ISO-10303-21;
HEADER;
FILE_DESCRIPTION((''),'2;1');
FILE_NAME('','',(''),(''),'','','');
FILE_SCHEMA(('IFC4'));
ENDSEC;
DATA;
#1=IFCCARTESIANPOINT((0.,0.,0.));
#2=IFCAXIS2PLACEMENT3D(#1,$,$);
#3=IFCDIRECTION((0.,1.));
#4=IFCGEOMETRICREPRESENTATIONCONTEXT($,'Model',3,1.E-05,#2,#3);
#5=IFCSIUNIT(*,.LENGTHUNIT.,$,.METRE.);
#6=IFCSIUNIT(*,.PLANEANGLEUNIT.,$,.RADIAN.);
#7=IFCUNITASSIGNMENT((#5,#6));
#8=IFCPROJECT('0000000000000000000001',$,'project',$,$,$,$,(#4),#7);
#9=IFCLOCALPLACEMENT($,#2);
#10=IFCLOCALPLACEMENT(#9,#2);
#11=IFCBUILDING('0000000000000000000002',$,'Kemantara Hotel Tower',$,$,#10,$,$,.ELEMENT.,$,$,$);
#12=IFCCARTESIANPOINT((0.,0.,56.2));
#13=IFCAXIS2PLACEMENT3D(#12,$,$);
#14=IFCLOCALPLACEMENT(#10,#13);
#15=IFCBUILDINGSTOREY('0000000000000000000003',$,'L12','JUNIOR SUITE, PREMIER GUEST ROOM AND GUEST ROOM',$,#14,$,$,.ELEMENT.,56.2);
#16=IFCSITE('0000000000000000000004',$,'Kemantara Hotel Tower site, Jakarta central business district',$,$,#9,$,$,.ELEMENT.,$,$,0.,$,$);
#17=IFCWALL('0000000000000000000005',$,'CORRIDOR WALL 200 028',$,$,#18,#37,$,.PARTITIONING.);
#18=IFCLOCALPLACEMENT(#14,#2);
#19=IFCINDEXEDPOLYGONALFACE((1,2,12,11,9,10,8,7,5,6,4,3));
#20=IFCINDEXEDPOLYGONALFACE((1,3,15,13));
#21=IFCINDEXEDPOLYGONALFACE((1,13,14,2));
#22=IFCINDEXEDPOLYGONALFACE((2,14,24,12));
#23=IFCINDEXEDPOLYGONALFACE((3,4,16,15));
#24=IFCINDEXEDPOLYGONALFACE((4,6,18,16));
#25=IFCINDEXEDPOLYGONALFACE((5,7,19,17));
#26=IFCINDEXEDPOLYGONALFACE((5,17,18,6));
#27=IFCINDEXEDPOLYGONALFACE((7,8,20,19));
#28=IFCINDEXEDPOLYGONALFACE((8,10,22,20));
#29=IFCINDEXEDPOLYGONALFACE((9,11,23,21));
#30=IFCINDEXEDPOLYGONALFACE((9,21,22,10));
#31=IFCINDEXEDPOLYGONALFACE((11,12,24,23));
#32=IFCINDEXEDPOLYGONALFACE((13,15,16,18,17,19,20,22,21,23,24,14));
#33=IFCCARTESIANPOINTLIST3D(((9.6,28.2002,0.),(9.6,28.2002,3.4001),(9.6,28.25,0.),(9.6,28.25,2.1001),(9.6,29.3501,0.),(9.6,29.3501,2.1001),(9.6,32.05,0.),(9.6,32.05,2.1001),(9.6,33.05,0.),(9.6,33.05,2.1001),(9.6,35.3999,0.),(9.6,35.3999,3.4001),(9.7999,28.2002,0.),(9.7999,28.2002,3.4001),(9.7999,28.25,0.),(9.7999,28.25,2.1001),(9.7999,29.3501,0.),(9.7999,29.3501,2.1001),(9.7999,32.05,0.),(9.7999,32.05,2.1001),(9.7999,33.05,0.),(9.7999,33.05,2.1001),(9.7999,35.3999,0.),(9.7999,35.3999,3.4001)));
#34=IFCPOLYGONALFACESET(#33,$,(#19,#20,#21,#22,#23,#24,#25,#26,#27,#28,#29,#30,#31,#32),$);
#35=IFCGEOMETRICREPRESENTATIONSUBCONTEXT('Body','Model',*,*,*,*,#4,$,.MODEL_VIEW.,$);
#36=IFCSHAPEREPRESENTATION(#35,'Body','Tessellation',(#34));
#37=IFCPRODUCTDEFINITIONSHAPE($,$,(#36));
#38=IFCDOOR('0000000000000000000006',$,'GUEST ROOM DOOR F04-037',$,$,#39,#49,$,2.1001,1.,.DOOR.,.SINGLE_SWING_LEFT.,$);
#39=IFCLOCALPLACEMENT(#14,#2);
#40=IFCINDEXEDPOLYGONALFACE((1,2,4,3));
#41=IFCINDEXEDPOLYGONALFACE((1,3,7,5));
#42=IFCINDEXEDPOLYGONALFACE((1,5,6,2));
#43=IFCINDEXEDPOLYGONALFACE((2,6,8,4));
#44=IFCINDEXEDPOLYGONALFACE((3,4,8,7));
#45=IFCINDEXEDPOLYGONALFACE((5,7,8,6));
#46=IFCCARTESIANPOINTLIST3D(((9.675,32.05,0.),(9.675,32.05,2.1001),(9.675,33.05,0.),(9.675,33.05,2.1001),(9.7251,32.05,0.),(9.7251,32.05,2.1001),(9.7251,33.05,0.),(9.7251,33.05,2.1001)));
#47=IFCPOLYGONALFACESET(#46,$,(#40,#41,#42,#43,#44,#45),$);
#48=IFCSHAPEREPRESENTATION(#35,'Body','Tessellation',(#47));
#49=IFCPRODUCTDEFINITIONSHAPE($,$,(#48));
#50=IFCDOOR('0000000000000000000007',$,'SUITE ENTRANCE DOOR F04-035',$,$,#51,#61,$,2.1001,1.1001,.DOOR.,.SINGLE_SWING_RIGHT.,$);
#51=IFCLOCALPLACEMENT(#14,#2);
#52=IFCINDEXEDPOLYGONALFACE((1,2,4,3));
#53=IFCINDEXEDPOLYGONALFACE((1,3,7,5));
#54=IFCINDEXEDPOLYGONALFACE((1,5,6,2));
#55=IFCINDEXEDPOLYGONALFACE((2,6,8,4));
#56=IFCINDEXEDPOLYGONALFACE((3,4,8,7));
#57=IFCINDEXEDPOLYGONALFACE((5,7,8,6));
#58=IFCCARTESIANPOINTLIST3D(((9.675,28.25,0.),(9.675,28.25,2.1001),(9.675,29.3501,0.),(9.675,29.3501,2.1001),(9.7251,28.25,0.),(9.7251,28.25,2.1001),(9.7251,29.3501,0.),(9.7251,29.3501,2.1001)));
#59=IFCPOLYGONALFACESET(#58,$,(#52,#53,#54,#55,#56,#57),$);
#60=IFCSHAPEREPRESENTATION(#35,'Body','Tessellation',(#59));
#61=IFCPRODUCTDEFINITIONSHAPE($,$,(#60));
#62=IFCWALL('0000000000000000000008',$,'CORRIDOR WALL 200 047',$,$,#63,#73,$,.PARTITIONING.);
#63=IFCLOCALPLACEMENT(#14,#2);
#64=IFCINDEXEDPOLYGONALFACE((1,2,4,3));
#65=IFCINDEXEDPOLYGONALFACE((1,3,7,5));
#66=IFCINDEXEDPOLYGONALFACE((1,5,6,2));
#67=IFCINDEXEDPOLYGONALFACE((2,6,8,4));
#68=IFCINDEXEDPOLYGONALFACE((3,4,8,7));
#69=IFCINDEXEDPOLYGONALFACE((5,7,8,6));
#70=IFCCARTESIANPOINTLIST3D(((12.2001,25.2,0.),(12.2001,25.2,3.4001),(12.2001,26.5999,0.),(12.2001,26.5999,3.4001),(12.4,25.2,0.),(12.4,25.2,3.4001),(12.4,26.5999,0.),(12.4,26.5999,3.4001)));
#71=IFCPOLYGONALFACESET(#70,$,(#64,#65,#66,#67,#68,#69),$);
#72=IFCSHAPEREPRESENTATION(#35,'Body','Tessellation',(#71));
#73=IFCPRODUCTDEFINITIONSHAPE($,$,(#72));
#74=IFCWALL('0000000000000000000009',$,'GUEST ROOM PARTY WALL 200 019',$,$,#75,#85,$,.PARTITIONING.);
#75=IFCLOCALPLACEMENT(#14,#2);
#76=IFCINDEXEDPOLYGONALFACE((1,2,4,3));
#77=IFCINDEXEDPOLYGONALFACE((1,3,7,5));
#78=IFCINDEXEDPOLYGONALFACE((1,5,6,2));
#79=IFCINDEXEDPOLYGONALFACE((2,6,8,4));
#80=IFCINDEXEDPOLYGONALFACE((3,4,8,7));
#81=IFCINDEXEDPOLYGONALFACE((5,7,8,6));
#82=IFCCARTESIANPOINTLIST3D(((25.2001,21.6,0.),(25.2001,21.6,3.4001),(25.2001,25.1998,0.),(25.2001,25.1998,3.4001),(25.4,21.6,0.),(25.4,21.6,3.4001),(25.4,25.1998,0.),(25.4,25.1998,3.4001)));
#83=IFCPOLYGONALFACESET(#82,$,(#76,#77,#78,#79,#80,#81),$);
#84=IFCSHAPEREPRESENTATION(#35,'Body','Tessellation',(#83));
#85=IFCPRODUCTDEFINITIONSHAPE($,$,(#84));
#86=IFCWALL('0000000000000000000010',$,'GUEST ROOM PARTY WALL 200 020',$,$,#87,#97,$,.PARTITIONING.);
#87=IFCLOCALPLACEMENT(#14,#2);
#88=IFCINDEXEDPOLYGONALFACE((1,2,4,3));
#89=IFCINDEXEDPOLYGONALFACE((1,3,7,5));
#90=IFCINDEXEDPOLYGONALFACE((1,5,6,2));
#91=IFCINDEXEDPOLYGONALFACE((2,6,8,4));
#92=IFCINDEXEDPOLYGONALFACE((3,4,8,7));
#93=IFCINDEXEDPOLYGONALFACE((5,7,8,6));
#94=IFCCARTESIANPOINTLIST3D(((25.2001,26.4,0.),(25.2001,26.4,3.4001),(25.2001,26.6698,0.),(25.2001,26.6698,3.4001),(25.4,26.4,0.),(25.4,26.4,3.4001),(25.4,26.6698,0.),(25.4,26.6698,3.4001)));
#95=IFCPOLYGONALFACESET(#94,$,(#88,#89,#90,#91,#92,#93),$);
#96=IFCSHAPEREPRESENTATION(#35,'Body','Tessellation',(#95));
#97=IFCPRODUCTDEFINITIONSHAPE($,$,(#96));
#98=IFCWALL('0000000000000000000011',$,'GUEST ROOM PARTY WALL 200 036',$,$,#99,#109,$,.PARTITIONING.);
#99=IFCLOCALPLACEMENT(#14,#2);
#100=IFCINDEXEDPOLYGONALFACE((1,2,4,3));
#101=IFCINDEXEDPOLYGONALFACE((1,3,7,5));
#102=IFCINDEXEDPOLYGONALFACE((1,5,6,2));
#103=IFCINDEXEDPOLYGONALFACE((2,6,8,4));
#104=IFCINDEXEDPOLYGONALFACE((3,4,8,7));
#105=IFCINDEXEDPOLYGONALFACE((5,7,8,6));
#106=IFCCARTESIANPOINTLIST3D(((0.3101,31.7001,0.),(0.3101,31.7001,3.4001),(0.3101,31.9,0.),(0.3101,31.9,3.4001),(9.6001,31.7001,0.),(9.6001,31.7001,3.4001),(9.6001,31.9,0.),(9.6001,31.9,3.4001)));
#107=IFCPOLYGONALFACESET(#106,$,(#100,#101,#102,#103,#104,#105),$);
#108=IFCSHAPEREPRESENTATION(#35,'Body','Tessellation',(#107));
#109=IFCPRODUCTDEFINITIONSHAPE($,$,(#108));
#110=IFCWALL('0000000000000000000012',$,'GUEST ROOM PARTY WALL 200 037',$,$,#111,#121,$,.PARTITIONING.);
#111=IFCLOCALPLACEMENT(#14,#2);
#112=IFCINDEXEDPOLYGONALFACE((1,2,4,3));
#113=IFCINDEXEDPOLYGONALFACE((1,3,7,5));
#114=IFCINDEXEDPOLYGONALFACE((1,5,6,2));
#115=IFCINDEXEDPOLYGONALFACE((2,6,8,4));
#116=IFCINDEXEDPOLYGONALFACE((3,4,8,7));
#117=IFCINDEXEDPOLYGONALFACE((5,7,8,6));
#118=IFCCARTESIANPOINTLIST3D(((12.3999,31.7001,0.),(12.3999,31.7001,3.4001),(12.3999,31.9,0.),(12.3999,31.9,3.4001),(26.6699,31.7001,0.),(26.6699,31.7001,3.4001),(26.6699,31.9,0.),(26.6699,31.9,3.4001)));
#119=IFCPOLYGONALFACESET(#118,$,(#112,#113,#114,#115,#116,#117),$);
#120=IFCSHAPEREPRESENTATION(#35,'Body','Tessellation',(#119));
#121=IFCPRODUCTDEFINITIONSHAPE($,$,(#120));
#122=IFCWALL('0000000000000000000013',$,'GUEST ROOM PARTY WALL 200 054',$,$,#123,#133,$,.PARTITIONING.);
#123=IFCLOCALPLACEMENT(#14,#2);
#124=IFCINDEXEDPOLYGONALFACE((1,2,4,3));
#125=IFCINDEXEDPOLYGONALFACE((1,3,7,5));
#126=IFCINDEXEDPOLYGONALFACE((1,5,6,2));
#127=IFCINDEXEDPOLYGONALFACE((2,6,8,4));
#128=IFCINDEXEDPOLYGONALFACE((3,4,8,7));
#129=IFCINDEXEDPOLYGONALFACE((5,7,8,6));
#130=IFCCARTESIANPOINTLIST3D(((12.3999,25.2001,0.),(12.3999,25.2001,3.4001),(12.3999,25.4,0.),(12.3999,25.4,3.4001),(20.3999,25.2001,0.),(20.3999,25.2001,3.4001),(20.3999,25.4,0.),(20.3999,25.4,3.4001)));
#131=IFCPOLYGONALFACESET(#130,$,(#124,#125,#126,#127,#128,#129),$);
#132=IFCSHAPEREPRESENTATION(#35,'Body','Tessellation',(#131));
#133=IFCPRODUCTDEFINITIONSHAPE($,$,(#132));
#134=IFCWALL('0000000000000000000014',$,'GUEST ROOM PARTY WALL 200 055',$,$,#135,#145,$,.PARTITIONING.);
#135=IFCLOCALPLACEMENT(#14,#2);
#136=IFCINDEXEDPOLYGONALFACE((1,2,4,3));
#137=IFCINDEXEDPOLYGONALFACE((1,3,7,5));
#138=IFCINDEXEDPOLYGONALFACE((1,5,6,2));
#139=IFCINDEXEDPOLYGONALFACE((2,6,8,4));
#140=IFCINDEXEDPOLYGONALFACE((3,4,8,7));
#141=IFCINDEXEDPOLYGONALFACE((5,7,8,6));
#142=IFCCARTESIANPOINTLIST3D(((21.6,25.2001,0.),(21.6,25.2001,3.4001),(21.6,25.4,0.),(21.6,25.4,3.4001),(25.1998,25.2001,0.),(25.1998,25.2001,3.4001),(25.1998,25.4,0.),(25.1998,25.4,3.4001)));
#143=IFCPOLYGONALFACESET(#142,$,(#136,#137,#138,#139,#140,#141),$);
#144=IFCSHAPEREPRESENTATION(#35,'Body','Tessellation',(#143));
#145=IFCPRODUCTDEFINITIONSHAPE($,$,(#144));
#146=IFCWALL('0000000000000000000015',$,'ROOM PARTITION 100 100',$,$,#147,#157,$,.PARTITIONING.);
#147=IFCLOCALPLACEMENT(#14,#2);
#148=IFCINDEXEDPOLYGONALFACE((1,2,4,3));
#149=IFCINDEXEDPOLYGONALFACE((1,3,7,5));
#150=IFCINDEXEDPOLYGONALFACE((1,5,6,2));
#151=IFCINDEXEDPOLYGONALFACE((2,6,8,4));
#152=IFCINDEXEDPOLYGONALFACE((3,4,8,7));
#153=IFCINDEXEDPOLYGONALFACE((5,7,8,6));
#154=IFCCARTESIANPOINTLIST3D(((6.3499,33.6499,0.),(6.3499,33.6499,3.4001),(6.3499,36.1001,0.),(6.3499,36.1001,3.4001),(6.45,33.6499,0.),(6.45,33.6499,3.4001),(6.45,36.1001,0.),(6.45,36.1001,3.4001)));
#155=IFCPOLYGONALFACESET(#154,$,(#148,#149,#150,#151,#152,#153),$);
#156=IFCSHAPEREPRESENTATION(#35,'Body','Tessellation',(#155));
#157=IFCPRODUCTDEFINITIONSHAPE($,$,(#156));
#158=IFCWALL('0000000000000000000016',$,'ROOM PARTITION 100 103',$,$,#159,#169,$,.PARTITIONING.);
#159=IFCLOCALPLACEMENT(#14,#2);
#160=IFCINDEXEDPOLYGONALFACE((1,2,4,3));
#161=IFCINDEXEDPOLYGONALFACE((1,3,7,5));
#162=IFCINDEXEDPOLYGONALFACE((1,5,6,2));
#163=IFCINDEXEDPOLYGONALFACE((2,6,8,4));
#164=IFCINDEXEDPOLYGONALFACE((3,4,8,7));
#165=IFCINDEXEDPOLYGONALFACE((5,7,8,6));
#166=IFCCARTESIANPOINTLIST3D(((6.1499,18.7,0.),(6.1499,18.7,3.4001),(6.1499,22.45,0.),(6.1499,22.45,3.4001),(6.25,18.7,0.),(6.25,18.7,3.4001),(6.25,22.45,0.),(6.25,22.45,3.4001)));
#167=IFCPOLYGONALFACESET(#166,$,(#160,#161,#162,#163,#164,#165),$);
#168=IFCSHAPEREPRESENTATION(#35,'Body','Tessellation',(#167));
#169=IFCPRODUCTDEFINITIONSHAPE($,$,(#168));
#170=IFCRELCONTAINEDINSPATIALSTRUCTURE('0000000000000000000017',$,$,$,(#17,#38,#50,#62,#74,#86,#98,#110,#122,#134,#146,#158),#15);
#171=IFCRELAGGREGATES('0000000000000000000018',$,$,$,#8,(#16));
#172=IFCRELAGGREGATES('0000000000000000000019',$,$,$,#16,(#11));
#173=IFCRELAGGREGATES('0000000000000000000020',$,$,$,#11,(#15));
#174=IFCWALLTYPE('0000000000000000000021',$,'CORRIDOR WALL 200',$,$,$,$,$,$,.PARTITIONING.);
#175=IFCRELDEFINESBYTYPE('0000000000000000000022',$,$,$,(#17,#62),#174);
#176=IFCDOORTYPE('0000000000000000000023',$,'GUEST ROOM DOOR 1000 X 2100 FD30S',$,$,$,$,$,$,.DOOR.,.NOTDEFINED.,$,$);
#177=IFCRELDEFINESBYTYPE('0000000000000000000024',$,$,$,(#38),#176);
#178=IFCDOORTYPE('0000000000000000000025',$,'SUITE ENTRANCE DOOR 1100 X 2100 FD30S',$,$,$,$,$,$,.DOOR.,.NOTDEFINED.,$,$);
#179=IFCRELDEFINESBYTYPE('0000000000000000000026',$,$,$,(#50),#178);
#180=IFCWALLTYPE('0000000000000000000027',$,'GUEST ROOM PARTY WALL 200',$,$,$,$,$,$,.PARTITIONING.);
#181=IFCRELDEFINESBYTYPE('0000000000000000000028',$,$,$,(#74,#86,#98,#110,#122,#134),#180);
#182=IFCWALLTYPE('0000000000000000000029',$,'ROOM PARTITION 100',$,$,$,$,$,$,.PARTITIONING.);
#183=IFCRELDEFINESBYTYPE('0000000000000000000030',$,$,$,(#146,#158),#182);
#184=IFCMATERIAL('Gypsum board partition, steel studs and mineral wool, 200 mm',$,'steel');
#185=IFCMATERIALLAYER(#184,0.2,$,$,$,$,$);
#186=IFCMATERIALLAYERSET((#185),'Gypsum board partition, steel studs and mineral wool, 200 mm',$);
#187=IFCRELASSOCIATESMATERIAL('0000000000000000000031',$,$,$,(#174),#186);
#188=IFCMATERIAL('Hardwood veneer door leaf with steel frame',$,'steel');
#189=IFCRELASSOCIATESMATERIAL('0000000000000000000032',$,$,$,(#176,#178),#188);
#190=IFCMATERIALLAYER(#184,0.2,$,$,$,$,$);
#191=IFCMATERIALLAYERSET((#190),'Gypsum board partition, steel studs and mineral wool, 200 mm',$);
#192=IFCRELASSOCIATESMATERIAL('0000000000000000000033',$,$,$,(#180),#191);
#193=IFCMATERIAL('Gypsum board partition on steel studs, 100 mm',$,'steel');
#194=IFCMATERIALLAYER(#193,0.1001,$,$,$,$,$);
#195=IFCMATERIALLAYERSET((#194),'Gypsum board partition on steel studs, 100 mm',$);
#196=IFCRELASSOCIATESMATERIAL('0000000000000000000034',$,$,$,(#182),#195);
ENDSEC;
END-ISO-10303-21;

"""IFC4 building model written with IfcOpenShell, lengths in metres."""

from ifc_helpers import new_model, si_unit, direction, frame, frame_2d, origin, place, context, subcontext, project, spatial, rectangle, extrude, material, layer, layer_set, type_object, element, fill, save


model = new_model("IFC4")

# Units and contexts
model_context = context("Model", 3, precision=1e-05, world=origin(), true_north=direction((0.0, 1.0)))
body_context = subcontext(model_context, "Body", "Model", "MODEL_VIEW")
ifc_project = project(units=[si_unit("LENGTHUNIT", "METRE"), si_unit("PLANEANGLEUNIT", "RADIAN")], contexts=[model_context])

# Site, building, storey
site_placement = place(None, origin())
site = spatial("IfcSite", under=ifc_project, at=site_placement, Name="Kemantara Hotel Tower site, Jakarta central business district", CompositionType="ELEMENT", RefElevation=0.0)
building_placement = place(site_placement, origin())
building = spatial("IfcBuilding", under=site, at=building_placement, Name="Kemantara Hotel Tower", CompositionType="ELEMENT")
storey_placement = place(building_placement, frame((0.0, 0.0, 56.2)))
storey = spatial("IfcBuildingStorey", under=building, at=storey_placement, Name="L12", Description="JUNIOR SUITE, PREMIER GUEST ROOM AND GUEST ROOM", CompositionType="ELEMENT", Elevation=56.2)

# Shared definitions
ifc_material_1 = material(Name="Gypsum board partition, steel studs and mineral wool, 200 mm", Category="steel")
ifc_layer_1 = layer(ifc_material_1, 0.2)
ifc_layer_set_1 = layer_set([ifc_layer_1], Name="Gypsum board partition, steel studs and mineral wool, 200 mm")
wall_type_1 = type_object("IfcWallType", Name="CORRIDOR WALL 200", PredefinedType="PARTITIONING", material=ifc_layer_set_1)

# Wall, openings, doors
wall_1_placement = place(storey_placement, frame((9.7, 28.2002, 0.0), z_axis=(0.0, 0.0, 1.0), x_axis=(0.0, 1.0, 0.0)))
wall_1 = element("IfcWall", 1, at=wall_1_placement, inside=storey, type_object=wall_type_1, Name="CORRIDOR WALL 200 028", PredefinedType="PARTITIONING", context=body_context, shape_type="SweptSolid", body=[
    extrude(rectangle(XDim=7.1997, YDim=0.2, at=frame_2d((3.5999, 0.0))), origin(), (0.0, 0.0, 1.0), 3.4001),
])
opening_1_placement = place(wall_1_placement, frame((0.0498, 0.0, 0.0)))
opening_1 = element("IfcOpeningElement", 2, at=opening_1_placement, cuts=wall_1, PredefinedType="OPENING", context=body_context, shape_type="SweptSolid", body=[
    extrude(rectangle(XDim=1.1001, YDim=2.1001, at=frame_2d((0.55, 1.05))), frame((0.0, 0.1099, 0.0), z_axis=(0.0, -1.0, 0.0), x_axis=(1.0, 0.0, 0.0)), (0.0, 0.0, 1.0), 0.22),
])
opening_2_placement = place(wall_1_placement, frame((3.8499, 0.0, 0.0)))
opening_2 = element("IfcOpeningElement", 3, at=opening_2_placement, cuts=wall_1, PredefinedType="OPENING", context=body_context, shape_type="SweptSolid", body=[
    extrude(rectangle(XDim=1.0, YDim=2.1001, at=frame_2d((0.5, 1.05))), frame((0.0, 0.1099, 0.0), z_axis=(0.0, -1.0, 0.0), x_axis=(1.0, 0.0, 0.0)), (0.0, 0.0, 1.0), 0.22),
])
ifc_material_2 = material(Name="Hardwood veneer door leaf with steel frame", Category="steel")
door_type_1 = type_object("IfcDoorType", Name="GUEST ROOM DOOR 1000 X 2100 FD30S", OperationType="NOTDEFINED", PredefinedType="DOOR", material=ifc_material_2)
door_1_placement = place(opening_2_placement, origin())
door_1 = element("IfcDoor", 4, at=door_1_placement, inside=storey, type_object=door_type_1, Name="GUEST ROOM DOOR F04-037", OperationType="SINGLE_SWING_LEFT", OverallHeight=2.1001, OverallWidth=1.0, PredefinedType="DOOR", context=body_context, shape_type="SweptSolid", body=[
    extrude(rectangle(XDim=1.0, YDim=2.1001, at=frame_2d((0.5, 1.05))), frame((0.0, 0.0249, 0.0), z_axis=(0.0, -1.0, 0.0), x_axis=(1.0, 0.0, 0.0)), (0.0, 0.0, 1.0), 0.05),
])
fill(opening_2, door_1)
door_type_2 = type_object("IfcDoorType", Name="SUITE ENTRANCE DOOR 1100 X 2100 FD30S", OperationType="NOTDEFINED", PredefinedType="DOOR", material=ifc_material_2)
door_2_placement = place(opening_1_placement, origin())
door_2 = element("IfcDoor", 5, at=door_2_placement, inside=storey, type_object=door_type_2, Name="SUITE ENTRANCE DOOR F04-035", OperationType="SINGLE_SWING_RIGHT", OverallHeight=2.1001, OverallWidth=1.1001, PredefinedType="DOOR", context=body_context, shape_type="SweptSolid", body=[
    extrude(rectangle(XDim=1.1001, YDim=2.1001, at=frame_2d((0.55, 1.05))), frame((0.0, 0.0249, 0.0), z_axis=(0.0, -1.0, 0.0), x_axis=(1.0, 0.0, 0.0)), (0.0, 0.0, 1.0), 0.05),
])
fill(opening_1, door_2)

# Walls
wall_2_placement = place(storey_placement, frame((12.3, 25.2, 0.0), z_axis=(0.0, 0.0, 1.0), x_axis=(0.0, 1.0, 0.0)))
element("IfcWall", 6, at=wall_2_placement, inside=storey, type_object=wall_type_1, Name="CORRIDOR WALL 200 047", PredefinedType="PARTITIONING", context=body_context, shape_type="SweptSolid", body=[
    extrude(rectangle(XDim=1.3999, YDim=0.2, at=frame_2d((0.7, 0.0))), origin(), (0.0, 0.0, 1.0), 3.4001),
])
ifc_layer_2 = layer(ifc_material_1, 0.2)
ifc_layer_set_2 = layer_set([ifc_layer_2], Name="Gypsum board partition, steel studs and mineral wool, 200 mm")
wall_type_2 = type_object("IfcWallType", Name="GUEST ROOM PARTY WALL 200", PredefinedType="PARTITIONING", material=ifc_layer_set_2)
wall_3_placement = place(storey_placement, frame((25.3, 21.6001, 0.0), z_axis=(0.0, 0.0, 1.0), x_axis=(0.0, 1.0, 0.0)))
element("IfcWall", 7, at=wall_3_placement, inside=storey, type_object=wall_type_2, Name="GUEST ROOM PARTY WALL 200 019", PredefinedType="PARTITIONING", context=body_context, shape_type="SweptSolid", body=[
    extrude(rectangle(XDim=3.5999, YDim=0.2, at=frame_2d((1.7998, 0.0))), origin(), (0.0, 0.0, 1.0), 3.4001),
])
wall_4_placement = place(storey_placement, frame((25.3, 26.4001, 0.0), z_axis=(0.0, 0.0, 1.0), x_axis=(0.0, 1.0, 0.0)))
element("IfcWall", 8, at=wall_4_placement, inside=storey, type_object=wall_type_2, Name="GUEST ROOM PARTY WALL 200 020", PredefinedType="PARTITIONING", context=body_context, shape_type="SweptSolid", body=[
    extrude(rectangle(XDim=0.2698, YDim=0.2, at=frame_2d((0.1348, 0.0))), origin(), (0.0, 0.0, 1.0), 3.4001),
])
wall_5_placement = place(storey_placement, frame((0.3101, 31.8, 0.0), z_axis=(0.0, 0.0, 1.0), x_axis=(1.0, 0.0, 0.0)))
element("IfcWall", 9, at=wall_5_placement, inside=storey, type_object=wall_type_2, Name="GUEST ROOM PARTY WALL 200 036", PredefinedType="PARTITIONING", context=body_context, shape_type="SweptSolid", body=[
    extrude(rectangle(XDim=9.29, YDim=0.2, at=frame_2d((4.645, 0.0))), origin(), (0.0, 0.0, 1.0), 3.4001),
])
wall_6_placement = place(storey_placement, frame((12.3999, 31.8, 0.0), z_axis=(0.0, 0.0, 1.0), x_axis=(1.0, 0.0, 0.0)))
element("IfcWall", 10, at=wall_6_placement, inside=storey, type_object=wall_type_2, Name="GUEST ROOM PARTY WALL 200 037", PredefinedType="PARTITIONING", context=body_context, shape_type="SweptSolid", body=[
    extrude(rectangle(XDim=14.27, YDim=0.2, at=frame_2d((7.135, 0.0))), origin(), (0.0, 0.0, 1.0), 3.4001),
])
wall_7_placement = place(storey_placement, frame((12.3999, 25.3, 0.0), z_axis=(0.0, 0.0, 1.0), x_axis=(1.0, 0.0, 0.0)))
element("IfcWall", 11, at=wall_7_placement, inside=storey, type_object=wall_type_2, Name="GUEST ROOM PARTY WALL 200 054", PredefinedType="PARTITIONING", context=body_context, shape_type="SweptSolid", body=[
    extrude(rectangle(XDim=8.0, YDim=0.2, at=frame_2d((4.0, 0.0))), origin(), (0.0, 0.0, 1.0), 3.4001),
])
wall_8_placement = place(storey_placement, frame((21.6001, 25.3, 0.0), z_axis=(0.0, 0.0, 1.0), x_axis=(1.0, 0.0, 0.0)))
element("IfcWall", 12, at=wall_8_placement, inside=storey, type_object=wall_type_2, Name="GUEST ROOM PARTY WALL 200 055", PredefinedType="PARTITIONING", context=body_context, shape_type="SweptSolid", body=[
    extrude(rectangle(XDim=3.5999, YDim=0.2, at=frame_2d((1.7998, 0.0))), origin(), (0.0, 0.0, 1.0), 3.4001),
])
ifc_material_3 = material(Name="Gypsum board partition on steel studs, 100 mm", Category="steel")
ifc_layer_3 = layer(ifc_material_3, 0.1001)
ifc_layer_set_3 = layer_set([ifc_layer_3], Name="Gypsum board partition on steel studs, 100 mm")
wall_type_3 = type_object("IfcWallType", Name="ROOM PARTITION 100", PredefinedType="PARTITIONING", material=ifc_layer_set_3)
wall_9_placement = place(storey_placement, frame((6.3999, 33.6499, 0.0), z_axis=(0.0, 0.0, 1.0), x_axis=(0.0, 1.0, 0.0)))
element("IfcWall", 13, at=wall_9_placement, inside=storey, type_object=wall_type_3, Name="ROOM PARTITION 100 100", PredefinedType="PARTITIONING", context=body_context, shape_type="SweptSolid", body=[
    extrude(rectangle(XDim=2.4502, YDim=0.1001, at=frame_2d((1.2251, 0.0))), origin(), (0.0, 0.0, 1.0), 3.4001),
])
wall_10_placement = place(storey_placement, frame((6.2, 18.7, 0.0), z_axis=(0.0, 0.0, 1.0), x_axis=(0.0, 1.0, 0.0)))
element("IfcWall", 14, at=wall_10_placement, inside=storey, type_object=wall_type_3, Name="ROOM PARTITION 100 103", PredefinedType="PARTITIONING", context=body_context, shape_type="SweptSolid", body=[
    extrude(rectangle(XDim=3.75, YDim=0.1001, at=frame_2d((1.875, 0.0))), origin(), (0.0, 0.0, 1.0), 3.4001),
])

save(model, "model.ifc")
